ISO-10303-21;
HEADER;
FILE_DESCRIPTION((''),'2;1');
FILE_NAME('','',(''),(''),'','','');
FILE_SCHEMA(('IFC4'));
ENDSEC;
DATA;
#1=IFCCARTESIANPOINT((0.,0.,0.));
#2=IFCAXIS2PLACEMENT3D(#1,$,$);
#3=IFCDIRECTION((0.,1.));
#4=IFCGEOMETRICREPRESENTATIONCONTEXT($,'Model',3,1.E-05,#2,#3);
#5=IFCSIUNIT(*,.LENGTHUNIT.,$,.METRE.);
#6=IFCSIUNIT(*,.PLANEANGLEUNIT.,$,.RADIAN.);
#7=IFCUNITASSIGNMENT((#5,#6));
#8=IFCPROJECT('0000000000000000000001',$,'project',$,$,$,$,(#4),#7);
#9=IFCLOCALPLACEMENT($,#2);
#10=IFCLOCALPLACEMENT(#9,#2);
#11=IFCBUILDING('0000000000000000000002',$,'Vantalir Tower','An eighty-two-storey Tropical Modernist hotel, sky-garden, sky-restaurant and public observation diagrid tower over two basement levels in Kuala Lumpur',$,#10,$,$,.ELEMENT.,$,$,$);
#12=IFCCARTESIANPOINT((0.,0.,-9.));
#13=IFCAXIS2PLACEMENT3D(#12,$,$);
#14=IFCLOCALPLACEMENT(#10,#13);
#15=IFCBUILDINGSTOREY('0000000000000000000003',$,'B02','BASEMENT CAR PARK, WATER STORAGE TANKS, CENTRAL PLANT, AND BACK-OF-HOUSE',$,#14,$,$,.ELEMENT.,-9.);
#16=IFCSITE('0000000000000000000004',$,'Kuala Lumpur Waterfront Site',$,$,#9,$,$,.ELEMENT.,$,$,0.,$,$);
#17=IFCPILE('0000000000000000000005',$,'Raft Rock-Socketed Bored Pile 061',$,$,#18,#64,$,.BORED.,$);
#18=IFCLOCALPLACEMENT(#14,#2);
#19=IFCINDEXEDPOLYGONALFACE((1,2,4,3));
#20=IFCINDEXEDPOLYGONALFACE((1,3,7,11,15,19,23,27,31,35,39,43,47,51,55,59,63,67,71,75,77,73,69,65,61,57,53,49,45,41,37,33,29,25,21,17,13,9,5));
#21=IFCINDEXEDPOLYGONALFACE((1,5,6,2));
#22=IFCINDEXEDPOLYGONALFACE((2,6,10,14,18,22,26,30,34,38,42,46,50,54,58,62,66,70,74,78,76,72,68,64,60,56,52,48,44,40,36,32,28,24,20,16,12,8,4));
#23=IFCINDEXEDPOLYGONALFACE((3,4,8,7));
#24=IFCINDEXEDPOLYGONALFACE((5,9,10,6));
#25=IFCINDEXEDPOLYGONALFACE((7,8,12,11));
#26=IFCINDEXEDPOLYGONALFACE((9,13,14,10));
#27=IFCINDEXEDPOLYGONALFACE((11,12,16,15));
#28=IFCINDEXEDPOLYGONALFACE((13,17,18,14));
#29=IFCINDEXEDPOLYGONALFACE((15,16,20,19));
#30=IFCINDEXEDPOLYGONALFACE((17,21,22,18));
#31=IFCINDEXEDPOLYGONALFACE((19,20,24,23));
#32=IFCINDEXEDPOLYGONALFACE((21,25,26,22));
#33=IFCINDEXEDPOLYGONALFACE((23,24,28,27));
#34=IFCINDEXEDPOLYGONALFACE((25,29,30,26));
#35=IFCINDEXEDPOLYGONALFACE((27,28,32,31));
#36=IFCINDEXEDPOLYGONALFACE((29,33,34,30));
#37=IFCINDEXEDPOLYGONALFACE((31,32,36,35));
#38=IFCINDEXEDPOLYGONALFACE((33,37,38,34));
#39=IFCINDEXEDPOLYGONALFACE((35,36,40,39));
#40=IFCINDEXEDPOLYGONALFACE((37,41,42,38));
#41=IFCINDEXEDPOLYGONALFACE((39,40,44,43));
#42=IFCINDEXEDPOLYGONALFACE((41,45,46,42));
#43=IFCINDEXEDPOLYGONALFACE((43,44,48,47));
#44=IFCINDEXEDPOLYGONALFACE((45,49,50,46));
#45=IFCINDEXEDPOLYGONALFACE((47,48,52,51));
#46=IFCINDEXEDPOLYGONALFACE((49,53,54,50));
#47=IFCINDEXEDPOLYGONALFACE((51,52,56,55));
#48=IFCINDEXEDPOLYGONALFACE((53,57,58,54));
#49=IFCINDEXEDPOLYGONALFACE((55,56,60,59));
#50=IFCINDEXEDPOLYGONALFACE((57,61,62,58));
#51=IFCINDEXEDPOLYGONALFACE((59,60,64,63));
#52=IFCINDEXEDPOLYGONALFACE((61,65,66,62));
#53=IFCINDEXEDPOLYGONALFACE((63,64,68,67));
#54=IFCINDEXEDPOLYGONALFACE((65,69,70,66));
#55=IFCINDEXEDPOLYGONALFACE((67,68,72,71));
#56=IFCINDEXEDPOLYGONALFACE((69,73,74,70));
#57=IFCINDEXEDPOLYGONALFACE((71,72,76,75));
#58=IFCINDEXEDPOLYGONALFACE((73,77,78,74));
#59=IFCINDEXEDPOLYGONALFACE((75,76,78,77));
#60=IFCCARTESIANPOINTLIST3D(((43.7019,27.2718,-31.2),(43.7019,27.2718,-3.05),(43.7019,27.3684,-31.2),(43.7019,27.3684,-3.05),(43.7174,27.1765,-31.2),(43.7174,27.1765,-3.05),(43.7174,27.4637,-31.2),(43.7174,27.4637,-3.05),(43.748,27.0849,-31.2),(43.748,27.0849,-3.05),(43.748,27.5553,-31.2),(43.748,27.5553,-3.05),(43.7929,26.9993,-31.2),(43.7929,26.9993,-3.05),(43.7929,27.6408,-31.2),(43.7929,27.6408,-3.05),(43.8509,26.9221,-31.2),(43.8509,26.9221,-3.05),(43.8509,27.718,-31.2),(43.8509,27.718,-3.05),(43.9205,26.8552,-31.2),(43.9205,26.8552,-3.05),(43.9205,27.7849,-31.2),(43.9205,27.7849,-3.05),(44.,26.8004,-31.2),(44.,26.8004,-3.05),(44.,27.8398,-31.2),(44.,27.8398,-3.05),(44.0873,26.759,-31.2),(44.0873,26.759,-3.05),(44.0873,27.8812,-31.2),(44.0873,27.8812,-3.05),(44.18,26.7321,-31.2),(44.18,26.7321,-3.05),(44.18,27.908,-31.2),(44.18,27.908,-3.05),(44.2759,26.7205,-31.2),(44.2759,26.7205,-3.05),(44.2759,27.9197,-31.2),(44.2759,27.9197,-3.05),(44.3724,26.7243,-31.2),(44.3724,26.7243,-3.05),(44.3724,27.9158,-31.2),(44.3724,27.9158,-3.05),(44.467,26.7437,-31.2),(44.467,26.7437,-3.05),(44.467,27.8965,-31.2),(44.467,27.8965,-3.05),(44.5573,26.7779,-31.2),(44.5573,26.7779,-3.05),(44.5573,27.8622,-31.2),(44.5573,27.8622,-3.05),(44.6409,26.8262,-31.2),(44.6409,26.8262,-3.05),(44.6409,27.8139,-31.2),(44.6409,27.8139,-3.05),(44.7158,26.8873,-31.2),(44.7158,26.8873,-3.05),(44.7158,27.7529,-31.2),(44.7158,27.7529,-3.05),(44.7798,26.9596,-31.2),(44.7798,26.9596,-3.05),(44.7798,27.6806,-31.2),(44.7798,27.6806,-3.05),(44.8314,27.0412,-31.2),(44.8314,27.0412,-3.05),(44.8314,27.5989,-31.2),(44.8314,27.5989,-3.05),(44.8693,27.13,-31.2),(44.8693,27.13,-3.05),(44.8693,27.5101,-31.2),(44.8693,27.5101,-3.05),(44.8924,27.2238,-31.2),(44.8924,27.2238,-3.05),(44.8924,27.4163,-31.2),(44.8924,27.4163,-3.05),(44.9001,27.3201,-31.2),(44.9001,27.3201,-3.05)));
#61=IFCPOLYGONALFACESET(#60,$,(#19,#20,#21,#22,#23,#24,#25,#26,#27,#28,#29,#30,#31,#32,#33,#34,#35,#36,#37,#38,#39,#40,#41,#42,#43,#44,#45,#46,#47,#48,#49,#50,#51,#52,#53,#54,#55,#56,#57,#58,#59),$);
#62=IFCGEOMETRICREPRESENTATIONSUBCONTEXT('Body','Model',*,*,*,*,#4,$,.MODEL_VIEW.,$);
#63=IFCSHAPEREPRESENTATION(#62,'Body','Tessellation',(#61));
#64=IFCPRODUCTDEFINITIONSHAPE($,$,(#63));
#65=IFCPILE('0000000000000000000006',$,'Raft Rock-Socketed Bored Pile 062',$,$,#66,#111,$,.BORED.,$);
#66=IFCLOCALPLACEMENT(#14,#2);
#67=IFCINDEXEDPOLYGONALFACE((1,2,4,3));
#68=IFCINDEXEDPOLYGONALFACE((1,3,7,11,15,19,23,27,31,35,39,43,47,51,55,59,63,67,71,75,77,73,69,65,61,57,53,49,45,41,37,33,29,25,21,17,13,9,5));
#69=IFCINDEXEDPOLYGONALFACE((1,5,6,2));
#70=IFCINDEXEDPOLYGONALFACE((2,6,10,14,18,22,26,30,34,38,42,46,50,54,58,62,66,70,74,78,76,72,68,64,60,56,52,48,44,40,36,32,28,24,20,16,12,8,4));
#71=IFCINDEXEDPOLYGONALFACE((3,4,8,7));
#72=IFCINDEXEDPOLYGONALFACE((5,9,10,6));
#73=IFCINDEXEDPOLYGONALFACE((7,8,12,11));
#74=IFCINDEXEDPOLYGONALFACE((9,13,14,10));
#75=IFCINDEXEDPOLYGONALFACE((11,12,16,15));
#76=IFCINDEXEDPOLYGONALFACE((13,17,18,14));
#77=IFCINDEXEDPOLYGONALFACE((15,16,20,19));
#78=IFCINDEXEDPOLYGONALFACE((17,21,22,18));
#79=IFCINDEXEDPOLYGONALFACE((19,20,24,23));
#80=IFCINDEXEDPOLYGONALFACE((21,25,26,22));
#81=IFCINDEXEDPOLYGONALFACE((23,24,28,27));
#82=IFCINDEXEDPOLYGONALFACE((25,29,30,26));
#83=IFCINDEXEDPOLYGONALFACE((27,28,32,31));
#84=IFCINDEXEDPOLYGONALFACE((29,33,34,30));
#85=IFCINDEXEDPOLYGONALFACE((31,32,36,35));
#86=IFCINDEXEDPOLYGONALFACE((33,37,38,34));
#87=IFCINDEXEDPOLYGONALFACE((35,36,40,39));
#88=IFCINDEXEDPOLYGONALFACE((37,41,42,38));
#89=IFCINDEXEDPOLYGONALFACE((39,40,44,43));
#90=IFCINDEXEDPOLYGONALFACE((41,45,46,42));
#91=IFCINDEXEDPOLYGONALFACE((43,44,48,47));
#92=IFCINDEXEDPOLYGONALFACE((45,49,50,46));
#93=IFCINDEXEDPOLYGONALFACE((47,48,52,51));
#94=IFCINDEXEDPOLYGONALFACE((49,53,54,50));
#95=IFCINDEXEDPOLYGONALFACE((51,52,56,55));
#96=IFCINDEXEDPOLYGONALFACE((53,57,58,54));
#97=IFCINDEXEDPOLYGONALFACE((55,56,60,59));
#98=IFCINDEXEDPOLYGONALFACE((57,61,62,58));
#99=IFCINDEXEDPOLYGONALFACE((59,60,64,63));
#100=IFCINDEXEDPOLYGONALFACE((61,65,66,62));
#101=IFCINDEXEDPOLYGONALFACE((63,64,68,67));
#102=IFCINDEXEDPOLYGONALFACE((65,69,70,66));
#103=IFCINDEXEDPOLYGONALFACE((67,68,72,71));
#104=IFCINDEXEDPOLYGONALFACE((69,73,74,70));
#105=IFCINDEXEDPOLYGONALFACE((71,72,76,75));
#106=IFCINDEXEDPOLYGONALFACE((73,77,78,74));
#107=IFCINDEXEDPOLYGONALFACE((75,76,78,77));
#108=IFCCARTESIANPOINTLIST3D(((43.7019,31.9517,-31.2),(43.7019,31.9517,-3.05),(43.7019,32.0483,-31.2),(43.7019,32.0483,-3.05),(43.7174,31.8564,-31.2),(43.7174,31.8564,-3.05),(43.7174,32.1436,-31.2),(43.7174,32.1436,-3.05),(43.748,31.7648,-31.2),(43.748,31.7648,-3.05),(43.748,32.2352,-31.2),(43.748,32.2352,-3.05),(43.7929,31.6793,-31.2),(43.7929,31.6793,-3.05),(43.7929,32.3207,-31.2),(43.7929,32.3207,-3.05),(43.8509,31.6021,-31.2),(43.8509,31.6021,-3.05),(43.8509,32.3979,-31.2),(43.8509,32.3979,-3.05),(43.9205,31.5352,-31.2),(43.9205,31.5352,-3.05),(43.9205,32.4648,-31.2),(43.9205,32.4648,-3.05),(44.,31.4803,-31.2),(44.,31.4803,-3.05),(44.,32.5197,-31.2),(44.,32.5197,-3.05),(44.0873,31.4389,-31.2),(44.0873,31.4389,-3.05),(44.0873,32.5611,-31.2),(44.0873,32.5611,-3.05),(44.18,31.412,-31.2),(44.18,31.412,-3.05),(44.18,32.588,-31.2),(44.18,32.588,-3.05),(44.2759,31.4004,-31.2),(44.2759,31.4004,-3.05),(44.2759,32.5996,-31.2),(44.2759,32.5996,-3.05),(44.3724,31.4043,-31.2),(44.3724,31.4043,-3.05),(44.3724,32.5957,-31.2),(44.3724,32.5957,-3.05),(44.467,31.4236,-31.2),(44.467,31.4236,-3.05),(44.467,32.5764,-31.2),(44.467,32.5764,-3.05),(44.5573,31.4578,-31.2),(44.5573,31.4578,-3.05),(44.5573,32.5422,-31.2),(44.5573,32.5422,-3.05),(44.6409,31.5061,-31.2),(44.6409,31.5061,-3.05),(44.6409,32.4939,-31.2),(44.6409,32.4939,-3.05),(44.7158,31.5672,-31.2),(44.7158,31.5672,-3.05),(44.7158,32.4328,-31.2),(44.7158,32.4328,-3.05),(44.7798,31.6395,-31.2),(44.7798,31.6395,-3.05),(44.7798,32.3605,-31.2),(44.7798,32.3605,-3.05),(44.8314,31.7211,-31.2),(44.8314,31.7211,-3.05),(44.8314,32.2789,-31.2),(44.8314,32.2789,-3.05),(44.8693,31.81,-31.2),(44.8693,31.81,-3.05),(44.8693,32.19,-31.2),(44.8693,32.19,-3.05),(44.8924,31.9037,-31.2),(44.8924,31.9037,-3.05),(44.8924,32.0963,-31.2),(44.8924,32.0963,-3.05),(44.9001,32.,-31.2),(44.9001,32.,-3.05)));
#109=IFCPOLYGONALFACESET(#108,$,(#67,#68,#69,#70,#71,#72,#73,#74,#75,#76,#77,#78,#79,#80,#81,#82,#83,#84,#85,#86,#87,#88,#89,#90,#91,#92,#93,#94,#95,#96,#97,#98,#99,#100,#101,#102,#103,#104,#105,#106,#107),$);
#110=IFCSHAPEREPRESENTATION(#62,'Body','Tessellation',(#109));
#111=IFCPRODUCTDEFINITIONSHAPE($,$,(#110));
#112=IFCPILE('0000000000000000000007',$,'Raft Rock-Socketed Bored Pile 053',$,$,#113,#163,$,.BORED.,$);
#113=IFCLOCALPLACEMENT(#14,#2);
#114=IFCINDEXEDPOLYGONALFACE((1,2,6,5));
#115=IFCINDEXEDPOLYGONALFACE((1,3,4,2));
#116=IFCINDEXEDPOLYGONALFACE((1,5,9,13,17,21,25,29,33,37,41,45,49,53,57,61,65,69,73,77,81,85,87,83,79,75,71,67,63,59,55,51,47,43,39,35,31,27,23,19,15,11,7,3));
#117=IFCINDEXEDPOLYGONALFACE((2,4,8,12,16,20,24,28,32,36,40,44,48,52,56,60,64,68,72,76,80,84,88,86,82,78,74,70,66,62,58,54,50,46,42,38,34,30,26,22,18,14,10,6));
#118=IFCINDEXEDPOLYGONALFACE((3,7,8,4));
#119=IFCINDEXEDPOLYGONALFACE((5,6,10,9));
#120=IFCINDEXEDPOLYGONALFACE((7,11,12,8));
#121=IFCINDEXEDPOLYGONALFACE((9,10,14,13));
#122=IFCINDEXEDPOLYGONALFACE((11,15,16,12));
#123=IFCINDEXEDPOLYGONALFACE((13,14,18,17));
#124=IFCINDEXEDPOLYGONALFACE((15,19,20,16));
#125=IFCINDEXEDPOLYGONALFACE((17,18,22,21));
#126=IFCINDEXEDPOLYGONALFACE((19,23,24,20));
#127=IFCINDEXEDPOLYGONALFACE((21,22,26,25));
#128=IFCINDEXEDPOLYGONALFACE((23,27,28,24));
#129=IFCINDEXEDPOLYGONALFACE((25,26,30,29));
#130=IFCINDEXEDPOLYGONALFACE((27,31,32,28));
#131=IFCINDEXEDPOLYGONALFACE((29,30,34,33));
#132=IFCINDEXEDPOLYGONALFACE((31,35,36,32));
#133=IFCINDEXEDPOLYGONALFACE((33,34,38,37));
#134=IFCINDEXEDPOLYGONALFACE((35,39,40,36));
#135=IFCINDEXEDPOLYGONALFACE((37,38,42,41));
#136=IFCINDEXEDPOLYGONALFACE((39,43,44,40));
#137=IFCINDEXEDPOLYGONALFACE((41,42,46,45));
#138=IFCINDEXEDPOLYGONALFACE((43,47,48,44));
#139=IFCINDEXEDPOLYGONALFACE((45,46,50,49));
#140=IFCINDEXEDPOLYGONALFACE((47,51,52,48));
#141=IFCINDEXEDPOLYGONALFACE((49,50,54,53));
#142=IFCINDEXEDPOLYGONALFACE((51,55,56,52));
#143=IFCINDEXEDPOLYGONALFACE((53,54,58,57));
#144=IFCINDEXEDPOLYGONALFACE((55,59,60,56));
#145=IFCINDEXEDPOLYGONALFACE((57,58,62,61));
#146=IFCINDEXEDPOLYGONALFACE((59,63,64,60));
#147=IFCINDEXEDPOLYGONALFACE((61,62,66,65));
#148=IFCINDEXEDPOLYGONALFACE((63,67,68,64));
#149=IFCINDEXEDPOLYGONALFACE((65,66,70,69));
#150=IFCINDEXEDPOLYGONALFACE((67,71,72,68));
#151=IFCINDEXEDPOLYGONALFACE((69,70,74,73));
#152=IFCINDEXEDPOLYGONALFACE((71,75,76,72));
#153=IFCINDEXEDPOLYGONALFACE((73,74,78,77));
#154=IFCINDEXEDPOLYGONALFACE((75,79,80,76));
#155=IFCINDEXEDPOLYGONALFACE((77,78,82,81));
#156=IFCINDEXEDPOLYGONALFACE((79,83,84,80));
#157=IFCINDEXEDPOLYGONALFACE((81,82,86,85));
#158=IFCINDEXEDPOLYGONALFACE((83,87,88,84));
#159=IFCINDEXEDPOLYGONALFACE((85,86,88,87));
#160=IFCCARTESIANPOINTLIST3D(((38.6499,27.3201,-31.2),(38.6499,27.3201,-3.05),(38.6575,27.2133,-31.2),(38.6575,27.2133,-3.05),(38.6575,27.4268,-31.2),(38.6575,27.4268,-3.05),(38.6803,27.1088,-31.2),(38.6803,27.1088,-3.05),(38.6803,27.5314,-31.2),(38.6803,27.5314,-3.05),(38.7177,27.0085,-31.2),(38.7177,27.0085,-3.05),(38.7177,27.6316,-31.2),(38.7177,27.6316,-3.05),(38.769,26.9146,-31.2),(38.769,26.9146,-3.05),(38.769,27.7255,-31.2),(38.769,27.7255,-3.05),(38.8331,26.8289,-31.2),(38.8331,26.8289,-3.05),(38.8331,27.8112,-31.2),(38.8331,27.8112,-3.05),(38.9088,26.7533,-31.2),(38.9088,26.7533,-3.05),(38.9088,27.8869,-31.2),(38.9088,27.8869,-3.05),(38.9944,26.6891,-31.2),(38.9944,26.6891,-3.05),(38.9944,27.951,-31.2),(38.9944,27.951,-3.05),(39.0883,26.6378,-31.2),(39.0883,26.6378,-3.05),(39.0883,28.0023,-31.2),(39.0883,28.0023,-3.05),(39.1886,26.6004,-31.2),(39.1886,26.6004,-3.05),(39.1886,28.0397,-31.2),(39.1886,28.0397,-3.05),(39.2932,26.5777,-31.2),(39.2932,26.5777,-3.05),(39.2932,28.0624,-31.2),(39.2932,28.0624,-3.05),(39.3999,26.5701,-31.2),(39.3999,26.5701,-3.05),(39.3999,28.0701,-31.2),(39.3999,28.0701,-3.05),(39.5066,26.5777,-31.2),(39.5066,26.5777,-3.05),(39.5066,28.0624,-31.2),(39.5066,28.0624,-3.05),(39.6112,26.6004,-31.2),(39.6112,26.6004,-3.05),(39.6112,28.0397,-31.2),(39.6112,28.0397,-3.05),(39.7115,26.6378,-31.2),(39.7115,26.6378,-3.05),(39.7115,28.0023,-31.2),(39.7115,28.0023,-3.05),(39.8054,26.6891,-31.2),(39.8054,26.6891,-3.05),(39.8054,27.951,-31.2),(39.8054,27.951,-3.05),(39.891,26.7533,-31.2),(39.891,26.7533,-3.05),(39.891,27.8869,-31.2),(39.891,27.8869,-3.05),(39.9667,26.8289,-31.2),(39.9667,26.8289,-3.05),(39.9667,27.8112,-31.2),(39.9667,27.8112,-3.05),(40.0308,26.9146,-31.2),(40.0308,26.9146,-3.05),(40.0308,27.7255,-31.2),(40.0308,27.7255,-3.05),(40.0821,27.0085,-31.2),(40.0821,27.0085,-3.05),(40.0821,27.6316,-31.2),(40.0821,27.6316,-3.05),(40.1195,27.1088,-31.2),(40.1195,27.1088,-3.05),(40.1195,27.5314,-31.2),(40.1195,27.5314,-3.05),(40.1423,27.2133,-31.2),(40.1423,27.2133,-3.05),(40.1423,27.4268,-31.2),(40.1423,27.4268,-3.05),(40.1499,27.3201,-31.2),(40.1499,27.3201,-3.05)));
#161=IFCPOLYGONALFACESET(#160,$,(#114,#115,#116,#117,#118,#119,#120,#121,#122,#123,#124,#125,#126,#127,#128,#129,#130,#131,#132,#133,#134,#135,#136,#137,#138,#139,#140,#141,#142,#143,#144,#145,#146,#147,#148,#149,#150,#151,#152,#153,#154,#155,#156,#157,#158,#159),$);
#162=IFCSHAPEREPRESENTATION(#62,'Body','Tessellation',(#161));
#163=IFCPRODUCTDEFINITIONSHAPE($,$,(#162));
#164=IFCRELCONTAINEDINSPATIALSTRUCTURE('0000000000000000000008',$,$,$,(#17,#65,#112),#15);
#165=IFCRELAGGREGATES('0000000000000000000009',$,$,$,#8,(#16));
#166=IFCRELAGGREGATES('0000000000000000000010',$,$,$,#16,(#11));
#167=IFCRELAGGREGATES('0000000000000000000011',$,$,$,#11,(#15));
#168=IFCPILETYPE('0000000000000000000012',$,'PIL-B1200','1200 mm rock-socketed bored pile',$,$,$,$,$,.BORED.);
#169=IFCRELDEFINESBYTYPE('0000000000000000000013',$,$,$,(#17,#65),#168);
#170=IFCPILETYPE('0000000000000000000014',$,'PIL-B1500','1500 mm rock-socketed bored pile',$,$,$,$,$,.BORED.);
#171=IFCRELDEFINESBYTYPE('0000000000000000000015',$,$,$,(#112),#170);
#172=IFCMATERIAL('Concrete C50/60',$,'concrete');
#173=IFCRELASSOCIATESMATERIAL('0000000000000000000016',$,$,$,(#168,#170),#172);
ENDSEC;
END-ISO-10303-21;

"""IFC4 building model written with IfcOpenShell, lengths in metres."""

from ifc_helpers import new_model, si_unit, direction, frame, origin, origin_2d, place, context, subcontext, project, spatial, circle, extrude, material, material_profile, profile_set, type_object, element, save


model = new_model("IFC4")

# Units and contexts
model_context = context("Model", 3, precision=1e-05, world=origin(), true_north=direction((0.0, 1.0)))
body_context = subcontext(model_context, "Body", "Model", "MODEL_VIEW")
ifc_project = project(units=[si_unit("LENGTHUNIT", "METRE"), si_unit("PLANEANGLEUNIT", "RADIAN")], contexts=[model_context])

# Site, building, storey
site_placement = place(None, origin())
site = spatial("IfcSite", under=ifc_project, at=site_placement, Name="Kuala Lumpur Waterfront Site", CompositionType="ELEMENT", RefElevation=0.0)
building_placement = place(site_placement, origin())
building = spatial("IfcBuilding", under=site, at=building_placement, Name="Vantalir Tower", Description="An eighty-two-storey Tropical Modernist hotel, sky-garden, sky-restaurant and public observation diagrid tower over two basement levels in Kuala Lumpur", CompositionType="ELEMENT")
storey_placement = place(building_placement, frame((0.0, 0.0, -9.0)))
storey = spatial("IfcBuildingStorey", under=building, at=storey_placement, Name="B02", Description="BASEMENT CAR PARK, WATER STORAGE TANKS, CENTRAL PLANT, AND BACK-OF-HOUSE", CompositionType="ELEMENT", Elevation=-9.0)

# Piles
ifc_material_1 = material(Name="Concrete C50/60", Category="concrete")
ifc_material_profile_1 = material_profile(ifc_material_1, circle(Radius=0.6001, at=origin_2d()), Name="Concrete C50/60")
ifc_profile_set_1 = profile_set([ifc_material_profile_1], Name="Concrete C50/60")
pile_type_1 = type_object("IfcPileType", Name="PIL-B1200", Description="1200 mm rock-socketed bored pile", PredefinedType="BORED", material=ifc_profile_set_1)
for number, where, z_axis, x_axis, name in (
    (1, (44.3, 27.3201, -3.05), (0.0, 0.0, -1.0), (1.0, 0.0, 0.0), "Raft Rock-Socketed Bored Pile 061"),
    (2, (44.3, 32.0, -3.05), (0.0, 0.0, -1.0), (1.0, 0.0, 0.0), "Raft Rock-Socketed Bored Pile 062"),
):
    element("IfcPile", number, at=place(storey_placement, frame(where, z_axis=z_axis, x_axis=x_axis)), inside=storey, type_object=pile_type_1, Name=name, PredefinedType="BORED", context=body_context, shape_type="SweptSolid", body=[
        extrude(circle(Radius=0.6001, at=origin_2d()), origin(), (0.0, 0.0, 1.0), 28.1499),
    ])
ifc_material_profile_2 = material_profile(ifc_material_1, circle(Radius=0.75, at=origin_2d()), Name="Concrete C50/60")
ifc_profile_set_2 = profile_set([ifc_material_profile_2], Name="Concrete C50/60")
pile_type_2 = type_object("IfcPileType", Name="PIL-B1500", Description="1500 mm rock-socketed bored pile", PredefinedType="BORED", material=ifc_profile_set_2)
for number, where, z_axis, x_axis, name in (
    (3, (39.3999, 27.3201, -3.05), (0.0, 0.0, -1.0), (1.0, 0.0, 0.0), "Raft Rock-Socketed Bored Pile 053"),
):
    element("IfcPile", number, at=place(storey_placement, frame(where, z_axis=z_axis, x_axis=x_axis)), inside=storey, type_object=pile_type_2, Name=name, PredefinedType="BORED", context=body_context, shape_type="SweptSolid", body=[
        extrude(circle(Radius=0.75, at=origin_2d()), origin(), (0.0, 0.0, 1.0), 28.1499),
    ])

save(model, "model.ifc")
